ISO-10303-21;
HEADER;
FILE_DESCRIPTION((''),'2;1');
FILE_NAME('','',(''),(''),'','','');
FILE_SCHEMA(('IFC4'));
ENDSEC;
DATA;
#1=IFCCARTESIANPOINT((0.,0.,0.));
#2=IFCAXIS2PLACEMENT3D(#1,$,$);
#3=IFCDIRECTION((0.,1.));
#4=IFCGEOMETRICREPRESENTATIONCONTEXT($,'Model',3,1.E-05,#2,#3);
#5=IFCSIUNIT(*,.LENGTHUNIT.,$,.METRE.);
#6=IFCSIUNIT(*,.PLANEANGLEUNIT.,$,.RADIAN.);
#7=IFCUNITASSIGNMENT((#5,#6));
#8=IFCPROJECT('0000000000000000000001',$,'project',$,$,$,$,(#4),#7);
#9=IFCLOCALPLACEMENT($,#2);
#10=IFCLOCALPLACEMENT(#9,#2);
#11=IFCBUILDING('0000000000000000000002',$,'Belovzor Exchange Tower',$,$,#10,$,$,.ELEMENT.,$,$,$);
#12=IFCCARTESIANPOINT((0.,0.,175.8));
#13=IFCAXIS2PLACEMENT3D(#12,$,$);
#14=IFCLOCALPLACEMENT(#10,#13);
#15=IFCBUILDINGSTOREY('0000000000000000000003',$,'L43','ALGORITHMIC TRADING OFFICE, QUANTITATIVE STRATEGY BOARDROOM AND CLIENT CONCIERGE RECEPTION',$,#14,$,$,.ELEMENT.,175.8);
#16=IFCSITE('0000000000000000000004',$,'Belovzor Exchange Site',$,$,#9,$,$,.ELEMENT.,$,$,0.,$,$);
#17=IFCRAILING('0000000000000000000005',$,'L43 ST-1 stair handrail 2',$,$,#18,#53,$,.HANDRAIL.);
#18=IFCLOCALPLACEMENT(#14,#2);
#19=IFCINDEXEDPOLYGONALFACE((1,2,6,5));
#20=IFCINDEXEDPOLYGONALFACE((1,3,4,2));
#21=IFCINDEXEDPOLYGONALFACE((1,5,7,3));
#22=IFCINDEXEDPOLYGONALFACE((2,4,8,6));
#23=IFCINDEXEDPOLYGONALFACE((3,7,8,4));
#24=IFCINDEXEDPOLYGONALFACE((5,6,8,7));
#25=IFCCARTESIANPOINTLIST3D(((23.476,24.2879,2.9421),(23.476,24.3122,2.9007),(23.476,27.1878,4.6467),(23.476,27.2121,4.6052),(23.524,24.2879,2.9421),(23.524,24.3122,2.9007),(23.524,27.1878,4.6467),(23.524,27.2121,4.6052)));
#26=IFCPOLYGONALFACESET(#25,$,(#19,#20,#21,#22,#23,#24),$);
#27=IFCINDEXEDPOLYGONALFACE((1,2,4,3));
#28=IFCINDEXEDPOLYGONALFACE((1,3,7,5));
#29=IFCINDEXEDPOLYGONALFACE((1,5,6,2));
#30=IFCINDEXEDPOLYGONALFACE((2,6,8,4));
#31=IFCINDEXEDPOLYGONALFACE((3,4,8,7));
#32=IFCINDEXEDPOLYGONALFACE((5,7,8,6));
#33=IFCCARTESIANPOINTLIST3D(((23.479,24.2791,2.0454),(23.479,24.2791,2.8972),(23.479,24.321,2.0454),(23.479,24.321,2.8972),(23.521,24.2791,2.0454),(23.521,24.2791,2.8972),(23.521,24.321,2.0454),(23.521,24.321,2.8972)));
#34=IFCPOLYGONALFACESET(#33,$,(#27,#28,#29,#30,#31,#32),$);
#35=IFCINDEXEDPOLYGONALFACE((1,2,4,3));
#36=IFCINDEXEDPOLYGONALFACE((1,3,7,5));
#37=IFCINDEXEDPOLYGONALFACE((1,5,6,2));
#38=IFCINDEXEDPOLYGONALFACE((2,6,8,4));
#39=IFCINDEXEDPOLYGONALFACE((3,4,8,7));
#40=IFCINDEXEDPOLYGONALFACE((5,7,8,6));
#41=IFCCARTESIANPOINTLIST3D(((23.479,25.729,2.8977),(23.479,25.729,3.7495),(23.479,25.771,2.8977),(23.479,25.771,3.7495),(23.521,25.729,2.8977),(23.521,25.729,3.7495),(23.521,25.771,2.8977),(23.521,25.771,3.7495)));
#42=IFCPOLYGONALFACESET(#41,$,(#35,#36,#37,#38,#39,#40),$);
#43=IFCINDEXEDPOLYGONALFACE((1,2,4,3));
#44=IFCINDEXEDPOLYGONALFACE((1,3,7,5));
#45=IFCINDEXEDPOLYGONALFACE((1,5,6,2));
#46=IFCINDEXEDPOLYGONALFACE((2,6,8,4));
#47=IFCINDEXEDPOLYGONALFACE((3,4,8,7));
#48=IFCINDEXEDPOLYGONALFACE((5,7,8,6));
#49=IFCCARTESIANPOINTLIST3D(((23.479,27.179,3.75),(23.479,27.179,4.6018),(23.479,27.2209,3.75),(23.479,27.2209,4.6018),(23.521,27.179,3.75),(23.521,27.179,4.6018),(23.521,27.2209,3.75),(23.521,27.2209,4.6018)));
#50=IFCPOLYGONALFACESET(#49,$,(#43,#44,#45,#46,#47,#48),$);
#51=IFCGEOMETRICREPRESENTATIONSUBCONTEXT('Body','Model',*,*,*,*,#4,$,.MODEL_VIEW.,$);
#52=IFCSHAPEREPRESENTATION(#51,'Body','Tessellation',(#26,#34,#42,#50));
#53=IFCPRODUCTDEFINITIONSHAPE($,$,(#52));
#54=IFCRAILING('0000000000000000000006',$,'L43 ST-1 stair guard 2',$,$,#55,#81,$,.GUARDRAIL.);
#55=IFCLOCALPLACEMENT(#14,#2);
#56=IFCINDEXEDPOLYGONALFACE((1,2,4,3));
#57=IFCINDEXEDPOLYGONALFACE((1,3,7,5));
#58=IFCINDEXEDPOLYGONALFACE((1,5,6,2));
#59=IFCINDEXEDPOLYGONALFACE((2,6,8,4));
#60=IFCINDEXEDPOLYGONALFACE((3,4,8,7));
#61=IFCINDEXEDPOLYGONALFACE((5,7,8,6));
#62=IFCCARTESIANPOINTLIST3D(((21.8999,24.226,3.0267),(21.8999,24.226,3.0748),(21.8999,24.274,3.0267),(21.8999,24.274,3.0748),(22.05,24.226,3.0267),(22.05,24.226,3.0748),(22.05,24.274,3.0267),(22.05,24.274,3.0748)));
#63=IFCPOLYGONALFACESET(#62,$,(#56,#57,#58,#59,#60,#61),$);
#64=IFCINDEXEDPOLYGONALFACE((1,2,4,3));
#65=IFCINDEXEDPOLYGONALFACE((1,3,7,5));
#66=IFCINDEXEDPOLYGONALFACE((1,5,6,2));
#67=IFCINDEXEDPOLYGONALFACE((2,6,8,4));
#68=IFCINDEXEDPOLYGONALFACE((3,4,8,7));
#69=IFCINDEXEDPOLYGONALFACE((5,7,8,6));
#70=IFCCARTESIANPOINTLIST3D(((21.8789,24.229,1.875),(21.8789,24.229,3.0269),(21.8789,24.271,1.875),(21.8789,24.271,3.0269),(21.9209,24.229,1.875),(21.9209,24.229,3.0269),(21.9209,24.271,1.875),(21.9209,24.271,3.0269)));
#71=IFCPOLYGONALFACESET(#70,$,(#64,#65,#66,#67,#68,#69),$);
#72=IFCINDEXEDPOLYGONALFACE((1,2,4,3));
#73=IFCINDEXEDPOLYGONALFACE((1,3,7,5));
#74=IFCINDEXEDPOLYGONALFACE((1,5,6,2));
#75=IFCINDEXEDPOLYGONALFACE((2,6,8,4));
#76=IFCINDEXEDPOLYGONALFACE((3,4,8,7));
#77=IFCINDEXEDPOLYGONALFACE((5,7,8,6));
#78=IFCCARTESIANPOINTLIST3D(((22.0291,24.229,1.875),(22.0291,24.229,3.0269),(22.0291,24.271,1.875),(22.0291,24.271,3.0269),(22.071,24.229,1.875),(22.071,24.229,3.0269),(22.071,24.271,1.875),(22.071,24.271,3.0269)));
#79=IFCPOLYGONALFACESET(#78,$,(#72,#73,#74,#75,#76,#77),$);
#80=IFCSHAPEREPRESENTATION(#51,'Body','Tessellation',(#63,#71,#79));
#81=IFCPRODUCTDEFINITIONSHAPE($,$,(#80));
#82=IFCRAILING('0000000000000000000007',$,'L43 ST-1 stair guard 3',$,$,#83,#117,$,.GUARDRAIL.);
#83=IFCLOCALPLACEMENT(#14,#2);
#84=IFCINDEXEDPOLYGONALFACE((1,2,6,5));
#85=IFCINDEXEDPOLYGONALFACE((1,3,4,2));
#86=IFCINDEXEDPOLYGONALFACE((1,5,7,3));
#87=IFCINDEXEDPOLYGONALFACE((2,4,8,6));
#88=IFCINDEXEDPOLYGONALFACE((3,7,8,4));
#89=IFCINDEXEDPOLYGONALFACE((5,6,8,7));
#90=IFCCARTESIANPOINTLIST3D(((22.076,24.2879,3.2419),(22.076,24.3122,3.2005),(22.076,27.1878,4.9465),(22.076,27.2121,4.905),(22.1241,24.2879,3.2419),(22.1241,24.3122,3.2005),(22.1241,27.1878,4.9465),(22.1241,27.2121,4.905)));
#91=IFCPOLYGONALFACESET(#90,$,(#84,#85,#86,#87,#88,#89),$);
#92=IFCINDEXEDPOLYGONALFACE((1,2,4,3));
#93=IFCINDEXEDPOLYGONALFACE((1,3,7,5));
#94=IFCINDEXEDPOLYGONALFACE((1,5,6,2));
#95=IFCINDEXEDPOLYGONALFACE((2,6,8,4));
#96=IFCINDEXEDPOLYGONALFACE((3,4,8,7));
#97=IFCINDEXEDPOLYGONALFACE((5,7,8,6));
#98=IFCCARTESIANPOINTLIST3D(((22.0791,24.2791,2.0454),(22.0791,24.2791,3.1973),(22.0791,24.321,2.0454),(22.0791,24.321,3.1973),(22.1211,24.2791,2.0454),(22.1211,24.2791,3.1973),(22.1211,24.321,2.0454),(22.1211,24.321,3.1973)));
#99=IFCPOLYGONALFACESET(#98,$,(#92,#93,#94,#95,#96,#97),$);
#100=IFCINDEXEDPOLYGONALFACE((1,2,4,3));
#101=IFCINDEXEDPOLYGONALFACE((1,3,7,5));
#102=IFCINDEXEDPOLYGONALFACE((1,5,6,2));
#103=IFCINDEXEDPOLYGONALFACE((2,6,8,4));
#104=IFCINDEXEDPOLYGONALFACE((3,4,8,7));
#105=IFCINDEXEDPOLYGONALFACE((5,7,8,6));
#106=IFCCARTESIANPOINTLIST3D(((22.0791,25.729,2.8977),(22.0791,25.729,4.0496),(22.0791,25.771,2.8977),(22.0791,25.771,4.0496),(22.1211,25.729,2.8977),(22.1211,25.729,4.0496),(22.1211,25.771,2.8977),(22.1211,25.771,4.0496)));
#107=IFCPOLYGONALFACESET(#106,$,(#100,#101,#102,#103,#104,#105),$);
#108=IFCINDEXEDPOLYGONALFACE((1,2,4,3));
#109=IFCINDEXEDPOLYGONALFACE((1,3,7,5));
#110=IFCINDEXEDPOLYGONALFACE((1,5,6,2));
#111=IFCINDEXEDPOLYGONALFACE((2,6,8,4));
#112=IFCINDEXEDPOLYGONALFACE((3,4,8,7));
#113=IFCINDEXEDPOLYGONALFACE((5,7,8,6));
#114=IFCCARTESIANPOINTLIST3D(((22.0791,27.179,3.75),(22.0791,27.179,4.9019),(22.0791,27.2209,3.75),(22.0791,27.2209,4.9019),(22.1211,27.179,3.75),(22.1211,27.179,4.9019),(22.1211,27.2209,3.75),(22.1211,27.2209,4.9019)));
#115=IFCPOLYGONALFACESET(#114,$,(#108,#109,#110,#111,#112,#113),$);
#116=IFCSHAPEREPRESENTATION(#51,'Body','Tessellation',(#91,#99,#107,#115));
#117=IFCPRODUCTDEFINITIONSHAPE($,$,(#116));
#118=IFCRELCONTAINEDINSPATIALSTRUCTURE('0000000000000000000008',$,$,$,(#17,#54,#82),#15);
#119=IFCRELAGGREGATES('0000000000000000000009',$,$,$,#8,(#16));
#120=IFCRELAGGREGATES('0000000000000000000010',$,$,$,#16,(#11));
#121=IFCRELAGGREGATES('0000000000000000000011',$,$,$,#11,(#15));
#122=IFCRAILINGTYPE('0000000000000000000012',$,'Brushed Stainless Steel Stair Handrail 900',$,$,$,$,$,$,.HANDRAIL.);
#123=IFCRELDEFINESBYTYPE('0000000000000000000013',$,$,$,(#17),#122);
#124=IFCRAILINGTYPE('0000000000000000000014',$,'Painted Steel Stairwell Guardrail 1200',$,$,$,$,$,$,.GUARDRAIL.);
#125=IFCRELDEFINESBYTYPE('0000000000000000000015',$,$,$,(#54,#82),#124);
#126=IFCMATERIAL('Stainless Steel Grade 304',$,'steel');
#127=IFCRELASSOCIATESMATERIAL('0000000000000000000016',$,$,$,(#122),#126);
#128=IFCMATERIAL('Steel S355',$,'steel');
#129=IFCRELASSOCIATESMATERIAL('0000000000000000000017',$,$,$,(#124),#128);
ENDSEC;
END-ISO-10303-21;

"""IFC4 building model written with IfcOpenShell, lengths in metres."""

from ifc_helpers import new_model, si_unit, direction, frame, origin, origin_2d, place, context, subcontext, project, spatial, rectangle, extrude, material, type_object, element, save


model = new_model("IFC4")

# Units and contexts
model_context = context("Model", 3, precision=1e-05, world=origin(), true_north=direction((0.0, 1.0)))
body_context = subcontext(model_context, "Body", "Model", "MODEL_VIEW")
ifc_project = project(units=[si_unit("LENGTHUNIT", "METRE"), si_unit("PLANEANGLEUNIT", "RADIAN")], contexts=[model_context])

# Site, building, storey
site_placement = place(None, origin())
site = spatial("IfcSite", under=ifc_project, at=site_placement, Name="Belovzor Exchange Site", CompositionType="ELEMENT", RefElevation=0.0)
building_placement = place(site_placement, origin())
building = spatial("IfcBuilding", under=site, at=building_placement, Name="Belovzor Exchange Tower", CompositionType="ELEMENT")
storey_placement = place(building_placement, frame((0.0, 0.0, 175.8)))
storey = spatial("IfcBuildingStorey", under=building, at=storey_placement, Name="L43", Description="ALGORITHMIC TRADING OFFICE, QUANTITATIVE STRATEGY BOARDROOM AND CLIENT CONCIERGE RECEPTION", CompositionType="ELEMENT", Elevation=175.8)

# Railings
ifc_material_1 = material(Name="Stainless Steel Grade 304", Category="steel")
railing_type_1 = type_object("IfcRailingType", Name="Brushed Stainless Steel Stair Handrail 900", PredefinedType="HANDRAIL", material=ifc_material_1)
railing_1_placement = place(storey_placement, frame((23.5, 24.3, 2.0454)))
element("IfcRailing", 1, at=railing_1_placement, inside=storey, type_object=railing_type_1, Name="L43 ST-1 stair handrail 2", PredefinedType="HANDRAIL", context=body_context, shape_type="SweptSolid", body=[
    extrude(rectangle(XDim=0.0481, YDim=0.0481, at=origin_2d()), frame((0.0, 0.0, 0.876), z_axis=(0.0, 0.862095, 0.506747), x_axis=(-1.0, 0.0, 0.0)), (0.0, 0.0, 1.0), 3.3638),
    extrude(rectangle(XDim=0.042, YDim=0.042, at=origin_2d()), origin(), (0.0, 0.0, 1.0), 0.8518),
    extrude(rectangle(XDim=0.042, YDim=0.042, at=origin_2d()), frame((0.0, 1.45, 0.8523)), (0.0, 0.0, 1.0), 0.8518),
    extrude(rectangle(XDim=0.042, YDim=0.042, at=origin_2d()), frame((0.0, 2.8999, 1.7046)), (0.0, 0.0, 1.0), 0.8518),
])
ifc_material_2 = material(Name="Steel S355", Category="steel")
railing_type_2 = type_object("IfcRailingType", Name="Painted Steel Stairwell Guardrail 1200", PredefinedType="GUARDRAIL", material=ifc_material_2)
railing_2_placement = place(storey_placement, frame((21.8999, 24.25, 1.875)))
element("IfcRailing", 2, at=railing_2_placement, inside=storey, type_object=railing_type_2, Name="L43 ST-1 stair guard 2", PredefinedType="GUARDRAIL", context=body_context, shape_type="SweptSolid", body=[
    extrude(rectangle(XDim=0.0481, YDim=0.0481, at=origin_2d()), frame((0.0, 0.0, 1.1758), z_axis=(1.0, 0.0, 0.0), x_axis=(0.0, 1.0, 0.0)), (0.0, 0.0, 1.0), 0.1501),
    extrude(rectangle(XDim=0.042, YDim=0.042, at=origin_2d()), origin(), (0.0, 0.0, 1.0), 1.1519),
    extrude(rectangle(XDim=0.042, YDim=0.042, at=origin_2d()), frame((0.1501, 0.0, 0.0)), (0.0, 0.0, 1.0), 1.1519),
])
railing_3_placement = place(storey_placement, frame((22.1001, 24.3, 2.0454)))
element("IfcRailing", 3, at=railing_3_placement, inside=storey, type_object=railing_type_2, Name="L43 ST-1 stair guard 3", PredefinedType="GUARDRAIL", context=body_context, shape_type="SweptSolid", body=[
    extrude(rectangle(XDim=0.0481, YDim=0.0481, at=origin_2d()), frame((0.0, 0.0, 1.1758), z_axis=(0.0, 0.862095, 0.506747), x_axis=(-1.0, 0.0, 0.0)), (0.0, 0.0, 1.0), 3.3638),
    extrude(rectangle(XDim=0.042, YDim=0.042, at=origin_2d()), origin(), (0.0, 0.0, 1.0), 1.1519),
    extrude(rectangle(XDim=0.042, YDim=0.042, at=origin_2d()), frame((0.0, 1.45, 0.8523)), (0.0, 0.0, 1.0), 1.1519),
    extrude(rectangle(XDim=0.042, YDim=0.042, at=origin_2d()), frame((0.0, 2.8999, 1.7046)), (0.0, 0.0, 1.0), 1.1519),
])

save(model, "model.ifc")
